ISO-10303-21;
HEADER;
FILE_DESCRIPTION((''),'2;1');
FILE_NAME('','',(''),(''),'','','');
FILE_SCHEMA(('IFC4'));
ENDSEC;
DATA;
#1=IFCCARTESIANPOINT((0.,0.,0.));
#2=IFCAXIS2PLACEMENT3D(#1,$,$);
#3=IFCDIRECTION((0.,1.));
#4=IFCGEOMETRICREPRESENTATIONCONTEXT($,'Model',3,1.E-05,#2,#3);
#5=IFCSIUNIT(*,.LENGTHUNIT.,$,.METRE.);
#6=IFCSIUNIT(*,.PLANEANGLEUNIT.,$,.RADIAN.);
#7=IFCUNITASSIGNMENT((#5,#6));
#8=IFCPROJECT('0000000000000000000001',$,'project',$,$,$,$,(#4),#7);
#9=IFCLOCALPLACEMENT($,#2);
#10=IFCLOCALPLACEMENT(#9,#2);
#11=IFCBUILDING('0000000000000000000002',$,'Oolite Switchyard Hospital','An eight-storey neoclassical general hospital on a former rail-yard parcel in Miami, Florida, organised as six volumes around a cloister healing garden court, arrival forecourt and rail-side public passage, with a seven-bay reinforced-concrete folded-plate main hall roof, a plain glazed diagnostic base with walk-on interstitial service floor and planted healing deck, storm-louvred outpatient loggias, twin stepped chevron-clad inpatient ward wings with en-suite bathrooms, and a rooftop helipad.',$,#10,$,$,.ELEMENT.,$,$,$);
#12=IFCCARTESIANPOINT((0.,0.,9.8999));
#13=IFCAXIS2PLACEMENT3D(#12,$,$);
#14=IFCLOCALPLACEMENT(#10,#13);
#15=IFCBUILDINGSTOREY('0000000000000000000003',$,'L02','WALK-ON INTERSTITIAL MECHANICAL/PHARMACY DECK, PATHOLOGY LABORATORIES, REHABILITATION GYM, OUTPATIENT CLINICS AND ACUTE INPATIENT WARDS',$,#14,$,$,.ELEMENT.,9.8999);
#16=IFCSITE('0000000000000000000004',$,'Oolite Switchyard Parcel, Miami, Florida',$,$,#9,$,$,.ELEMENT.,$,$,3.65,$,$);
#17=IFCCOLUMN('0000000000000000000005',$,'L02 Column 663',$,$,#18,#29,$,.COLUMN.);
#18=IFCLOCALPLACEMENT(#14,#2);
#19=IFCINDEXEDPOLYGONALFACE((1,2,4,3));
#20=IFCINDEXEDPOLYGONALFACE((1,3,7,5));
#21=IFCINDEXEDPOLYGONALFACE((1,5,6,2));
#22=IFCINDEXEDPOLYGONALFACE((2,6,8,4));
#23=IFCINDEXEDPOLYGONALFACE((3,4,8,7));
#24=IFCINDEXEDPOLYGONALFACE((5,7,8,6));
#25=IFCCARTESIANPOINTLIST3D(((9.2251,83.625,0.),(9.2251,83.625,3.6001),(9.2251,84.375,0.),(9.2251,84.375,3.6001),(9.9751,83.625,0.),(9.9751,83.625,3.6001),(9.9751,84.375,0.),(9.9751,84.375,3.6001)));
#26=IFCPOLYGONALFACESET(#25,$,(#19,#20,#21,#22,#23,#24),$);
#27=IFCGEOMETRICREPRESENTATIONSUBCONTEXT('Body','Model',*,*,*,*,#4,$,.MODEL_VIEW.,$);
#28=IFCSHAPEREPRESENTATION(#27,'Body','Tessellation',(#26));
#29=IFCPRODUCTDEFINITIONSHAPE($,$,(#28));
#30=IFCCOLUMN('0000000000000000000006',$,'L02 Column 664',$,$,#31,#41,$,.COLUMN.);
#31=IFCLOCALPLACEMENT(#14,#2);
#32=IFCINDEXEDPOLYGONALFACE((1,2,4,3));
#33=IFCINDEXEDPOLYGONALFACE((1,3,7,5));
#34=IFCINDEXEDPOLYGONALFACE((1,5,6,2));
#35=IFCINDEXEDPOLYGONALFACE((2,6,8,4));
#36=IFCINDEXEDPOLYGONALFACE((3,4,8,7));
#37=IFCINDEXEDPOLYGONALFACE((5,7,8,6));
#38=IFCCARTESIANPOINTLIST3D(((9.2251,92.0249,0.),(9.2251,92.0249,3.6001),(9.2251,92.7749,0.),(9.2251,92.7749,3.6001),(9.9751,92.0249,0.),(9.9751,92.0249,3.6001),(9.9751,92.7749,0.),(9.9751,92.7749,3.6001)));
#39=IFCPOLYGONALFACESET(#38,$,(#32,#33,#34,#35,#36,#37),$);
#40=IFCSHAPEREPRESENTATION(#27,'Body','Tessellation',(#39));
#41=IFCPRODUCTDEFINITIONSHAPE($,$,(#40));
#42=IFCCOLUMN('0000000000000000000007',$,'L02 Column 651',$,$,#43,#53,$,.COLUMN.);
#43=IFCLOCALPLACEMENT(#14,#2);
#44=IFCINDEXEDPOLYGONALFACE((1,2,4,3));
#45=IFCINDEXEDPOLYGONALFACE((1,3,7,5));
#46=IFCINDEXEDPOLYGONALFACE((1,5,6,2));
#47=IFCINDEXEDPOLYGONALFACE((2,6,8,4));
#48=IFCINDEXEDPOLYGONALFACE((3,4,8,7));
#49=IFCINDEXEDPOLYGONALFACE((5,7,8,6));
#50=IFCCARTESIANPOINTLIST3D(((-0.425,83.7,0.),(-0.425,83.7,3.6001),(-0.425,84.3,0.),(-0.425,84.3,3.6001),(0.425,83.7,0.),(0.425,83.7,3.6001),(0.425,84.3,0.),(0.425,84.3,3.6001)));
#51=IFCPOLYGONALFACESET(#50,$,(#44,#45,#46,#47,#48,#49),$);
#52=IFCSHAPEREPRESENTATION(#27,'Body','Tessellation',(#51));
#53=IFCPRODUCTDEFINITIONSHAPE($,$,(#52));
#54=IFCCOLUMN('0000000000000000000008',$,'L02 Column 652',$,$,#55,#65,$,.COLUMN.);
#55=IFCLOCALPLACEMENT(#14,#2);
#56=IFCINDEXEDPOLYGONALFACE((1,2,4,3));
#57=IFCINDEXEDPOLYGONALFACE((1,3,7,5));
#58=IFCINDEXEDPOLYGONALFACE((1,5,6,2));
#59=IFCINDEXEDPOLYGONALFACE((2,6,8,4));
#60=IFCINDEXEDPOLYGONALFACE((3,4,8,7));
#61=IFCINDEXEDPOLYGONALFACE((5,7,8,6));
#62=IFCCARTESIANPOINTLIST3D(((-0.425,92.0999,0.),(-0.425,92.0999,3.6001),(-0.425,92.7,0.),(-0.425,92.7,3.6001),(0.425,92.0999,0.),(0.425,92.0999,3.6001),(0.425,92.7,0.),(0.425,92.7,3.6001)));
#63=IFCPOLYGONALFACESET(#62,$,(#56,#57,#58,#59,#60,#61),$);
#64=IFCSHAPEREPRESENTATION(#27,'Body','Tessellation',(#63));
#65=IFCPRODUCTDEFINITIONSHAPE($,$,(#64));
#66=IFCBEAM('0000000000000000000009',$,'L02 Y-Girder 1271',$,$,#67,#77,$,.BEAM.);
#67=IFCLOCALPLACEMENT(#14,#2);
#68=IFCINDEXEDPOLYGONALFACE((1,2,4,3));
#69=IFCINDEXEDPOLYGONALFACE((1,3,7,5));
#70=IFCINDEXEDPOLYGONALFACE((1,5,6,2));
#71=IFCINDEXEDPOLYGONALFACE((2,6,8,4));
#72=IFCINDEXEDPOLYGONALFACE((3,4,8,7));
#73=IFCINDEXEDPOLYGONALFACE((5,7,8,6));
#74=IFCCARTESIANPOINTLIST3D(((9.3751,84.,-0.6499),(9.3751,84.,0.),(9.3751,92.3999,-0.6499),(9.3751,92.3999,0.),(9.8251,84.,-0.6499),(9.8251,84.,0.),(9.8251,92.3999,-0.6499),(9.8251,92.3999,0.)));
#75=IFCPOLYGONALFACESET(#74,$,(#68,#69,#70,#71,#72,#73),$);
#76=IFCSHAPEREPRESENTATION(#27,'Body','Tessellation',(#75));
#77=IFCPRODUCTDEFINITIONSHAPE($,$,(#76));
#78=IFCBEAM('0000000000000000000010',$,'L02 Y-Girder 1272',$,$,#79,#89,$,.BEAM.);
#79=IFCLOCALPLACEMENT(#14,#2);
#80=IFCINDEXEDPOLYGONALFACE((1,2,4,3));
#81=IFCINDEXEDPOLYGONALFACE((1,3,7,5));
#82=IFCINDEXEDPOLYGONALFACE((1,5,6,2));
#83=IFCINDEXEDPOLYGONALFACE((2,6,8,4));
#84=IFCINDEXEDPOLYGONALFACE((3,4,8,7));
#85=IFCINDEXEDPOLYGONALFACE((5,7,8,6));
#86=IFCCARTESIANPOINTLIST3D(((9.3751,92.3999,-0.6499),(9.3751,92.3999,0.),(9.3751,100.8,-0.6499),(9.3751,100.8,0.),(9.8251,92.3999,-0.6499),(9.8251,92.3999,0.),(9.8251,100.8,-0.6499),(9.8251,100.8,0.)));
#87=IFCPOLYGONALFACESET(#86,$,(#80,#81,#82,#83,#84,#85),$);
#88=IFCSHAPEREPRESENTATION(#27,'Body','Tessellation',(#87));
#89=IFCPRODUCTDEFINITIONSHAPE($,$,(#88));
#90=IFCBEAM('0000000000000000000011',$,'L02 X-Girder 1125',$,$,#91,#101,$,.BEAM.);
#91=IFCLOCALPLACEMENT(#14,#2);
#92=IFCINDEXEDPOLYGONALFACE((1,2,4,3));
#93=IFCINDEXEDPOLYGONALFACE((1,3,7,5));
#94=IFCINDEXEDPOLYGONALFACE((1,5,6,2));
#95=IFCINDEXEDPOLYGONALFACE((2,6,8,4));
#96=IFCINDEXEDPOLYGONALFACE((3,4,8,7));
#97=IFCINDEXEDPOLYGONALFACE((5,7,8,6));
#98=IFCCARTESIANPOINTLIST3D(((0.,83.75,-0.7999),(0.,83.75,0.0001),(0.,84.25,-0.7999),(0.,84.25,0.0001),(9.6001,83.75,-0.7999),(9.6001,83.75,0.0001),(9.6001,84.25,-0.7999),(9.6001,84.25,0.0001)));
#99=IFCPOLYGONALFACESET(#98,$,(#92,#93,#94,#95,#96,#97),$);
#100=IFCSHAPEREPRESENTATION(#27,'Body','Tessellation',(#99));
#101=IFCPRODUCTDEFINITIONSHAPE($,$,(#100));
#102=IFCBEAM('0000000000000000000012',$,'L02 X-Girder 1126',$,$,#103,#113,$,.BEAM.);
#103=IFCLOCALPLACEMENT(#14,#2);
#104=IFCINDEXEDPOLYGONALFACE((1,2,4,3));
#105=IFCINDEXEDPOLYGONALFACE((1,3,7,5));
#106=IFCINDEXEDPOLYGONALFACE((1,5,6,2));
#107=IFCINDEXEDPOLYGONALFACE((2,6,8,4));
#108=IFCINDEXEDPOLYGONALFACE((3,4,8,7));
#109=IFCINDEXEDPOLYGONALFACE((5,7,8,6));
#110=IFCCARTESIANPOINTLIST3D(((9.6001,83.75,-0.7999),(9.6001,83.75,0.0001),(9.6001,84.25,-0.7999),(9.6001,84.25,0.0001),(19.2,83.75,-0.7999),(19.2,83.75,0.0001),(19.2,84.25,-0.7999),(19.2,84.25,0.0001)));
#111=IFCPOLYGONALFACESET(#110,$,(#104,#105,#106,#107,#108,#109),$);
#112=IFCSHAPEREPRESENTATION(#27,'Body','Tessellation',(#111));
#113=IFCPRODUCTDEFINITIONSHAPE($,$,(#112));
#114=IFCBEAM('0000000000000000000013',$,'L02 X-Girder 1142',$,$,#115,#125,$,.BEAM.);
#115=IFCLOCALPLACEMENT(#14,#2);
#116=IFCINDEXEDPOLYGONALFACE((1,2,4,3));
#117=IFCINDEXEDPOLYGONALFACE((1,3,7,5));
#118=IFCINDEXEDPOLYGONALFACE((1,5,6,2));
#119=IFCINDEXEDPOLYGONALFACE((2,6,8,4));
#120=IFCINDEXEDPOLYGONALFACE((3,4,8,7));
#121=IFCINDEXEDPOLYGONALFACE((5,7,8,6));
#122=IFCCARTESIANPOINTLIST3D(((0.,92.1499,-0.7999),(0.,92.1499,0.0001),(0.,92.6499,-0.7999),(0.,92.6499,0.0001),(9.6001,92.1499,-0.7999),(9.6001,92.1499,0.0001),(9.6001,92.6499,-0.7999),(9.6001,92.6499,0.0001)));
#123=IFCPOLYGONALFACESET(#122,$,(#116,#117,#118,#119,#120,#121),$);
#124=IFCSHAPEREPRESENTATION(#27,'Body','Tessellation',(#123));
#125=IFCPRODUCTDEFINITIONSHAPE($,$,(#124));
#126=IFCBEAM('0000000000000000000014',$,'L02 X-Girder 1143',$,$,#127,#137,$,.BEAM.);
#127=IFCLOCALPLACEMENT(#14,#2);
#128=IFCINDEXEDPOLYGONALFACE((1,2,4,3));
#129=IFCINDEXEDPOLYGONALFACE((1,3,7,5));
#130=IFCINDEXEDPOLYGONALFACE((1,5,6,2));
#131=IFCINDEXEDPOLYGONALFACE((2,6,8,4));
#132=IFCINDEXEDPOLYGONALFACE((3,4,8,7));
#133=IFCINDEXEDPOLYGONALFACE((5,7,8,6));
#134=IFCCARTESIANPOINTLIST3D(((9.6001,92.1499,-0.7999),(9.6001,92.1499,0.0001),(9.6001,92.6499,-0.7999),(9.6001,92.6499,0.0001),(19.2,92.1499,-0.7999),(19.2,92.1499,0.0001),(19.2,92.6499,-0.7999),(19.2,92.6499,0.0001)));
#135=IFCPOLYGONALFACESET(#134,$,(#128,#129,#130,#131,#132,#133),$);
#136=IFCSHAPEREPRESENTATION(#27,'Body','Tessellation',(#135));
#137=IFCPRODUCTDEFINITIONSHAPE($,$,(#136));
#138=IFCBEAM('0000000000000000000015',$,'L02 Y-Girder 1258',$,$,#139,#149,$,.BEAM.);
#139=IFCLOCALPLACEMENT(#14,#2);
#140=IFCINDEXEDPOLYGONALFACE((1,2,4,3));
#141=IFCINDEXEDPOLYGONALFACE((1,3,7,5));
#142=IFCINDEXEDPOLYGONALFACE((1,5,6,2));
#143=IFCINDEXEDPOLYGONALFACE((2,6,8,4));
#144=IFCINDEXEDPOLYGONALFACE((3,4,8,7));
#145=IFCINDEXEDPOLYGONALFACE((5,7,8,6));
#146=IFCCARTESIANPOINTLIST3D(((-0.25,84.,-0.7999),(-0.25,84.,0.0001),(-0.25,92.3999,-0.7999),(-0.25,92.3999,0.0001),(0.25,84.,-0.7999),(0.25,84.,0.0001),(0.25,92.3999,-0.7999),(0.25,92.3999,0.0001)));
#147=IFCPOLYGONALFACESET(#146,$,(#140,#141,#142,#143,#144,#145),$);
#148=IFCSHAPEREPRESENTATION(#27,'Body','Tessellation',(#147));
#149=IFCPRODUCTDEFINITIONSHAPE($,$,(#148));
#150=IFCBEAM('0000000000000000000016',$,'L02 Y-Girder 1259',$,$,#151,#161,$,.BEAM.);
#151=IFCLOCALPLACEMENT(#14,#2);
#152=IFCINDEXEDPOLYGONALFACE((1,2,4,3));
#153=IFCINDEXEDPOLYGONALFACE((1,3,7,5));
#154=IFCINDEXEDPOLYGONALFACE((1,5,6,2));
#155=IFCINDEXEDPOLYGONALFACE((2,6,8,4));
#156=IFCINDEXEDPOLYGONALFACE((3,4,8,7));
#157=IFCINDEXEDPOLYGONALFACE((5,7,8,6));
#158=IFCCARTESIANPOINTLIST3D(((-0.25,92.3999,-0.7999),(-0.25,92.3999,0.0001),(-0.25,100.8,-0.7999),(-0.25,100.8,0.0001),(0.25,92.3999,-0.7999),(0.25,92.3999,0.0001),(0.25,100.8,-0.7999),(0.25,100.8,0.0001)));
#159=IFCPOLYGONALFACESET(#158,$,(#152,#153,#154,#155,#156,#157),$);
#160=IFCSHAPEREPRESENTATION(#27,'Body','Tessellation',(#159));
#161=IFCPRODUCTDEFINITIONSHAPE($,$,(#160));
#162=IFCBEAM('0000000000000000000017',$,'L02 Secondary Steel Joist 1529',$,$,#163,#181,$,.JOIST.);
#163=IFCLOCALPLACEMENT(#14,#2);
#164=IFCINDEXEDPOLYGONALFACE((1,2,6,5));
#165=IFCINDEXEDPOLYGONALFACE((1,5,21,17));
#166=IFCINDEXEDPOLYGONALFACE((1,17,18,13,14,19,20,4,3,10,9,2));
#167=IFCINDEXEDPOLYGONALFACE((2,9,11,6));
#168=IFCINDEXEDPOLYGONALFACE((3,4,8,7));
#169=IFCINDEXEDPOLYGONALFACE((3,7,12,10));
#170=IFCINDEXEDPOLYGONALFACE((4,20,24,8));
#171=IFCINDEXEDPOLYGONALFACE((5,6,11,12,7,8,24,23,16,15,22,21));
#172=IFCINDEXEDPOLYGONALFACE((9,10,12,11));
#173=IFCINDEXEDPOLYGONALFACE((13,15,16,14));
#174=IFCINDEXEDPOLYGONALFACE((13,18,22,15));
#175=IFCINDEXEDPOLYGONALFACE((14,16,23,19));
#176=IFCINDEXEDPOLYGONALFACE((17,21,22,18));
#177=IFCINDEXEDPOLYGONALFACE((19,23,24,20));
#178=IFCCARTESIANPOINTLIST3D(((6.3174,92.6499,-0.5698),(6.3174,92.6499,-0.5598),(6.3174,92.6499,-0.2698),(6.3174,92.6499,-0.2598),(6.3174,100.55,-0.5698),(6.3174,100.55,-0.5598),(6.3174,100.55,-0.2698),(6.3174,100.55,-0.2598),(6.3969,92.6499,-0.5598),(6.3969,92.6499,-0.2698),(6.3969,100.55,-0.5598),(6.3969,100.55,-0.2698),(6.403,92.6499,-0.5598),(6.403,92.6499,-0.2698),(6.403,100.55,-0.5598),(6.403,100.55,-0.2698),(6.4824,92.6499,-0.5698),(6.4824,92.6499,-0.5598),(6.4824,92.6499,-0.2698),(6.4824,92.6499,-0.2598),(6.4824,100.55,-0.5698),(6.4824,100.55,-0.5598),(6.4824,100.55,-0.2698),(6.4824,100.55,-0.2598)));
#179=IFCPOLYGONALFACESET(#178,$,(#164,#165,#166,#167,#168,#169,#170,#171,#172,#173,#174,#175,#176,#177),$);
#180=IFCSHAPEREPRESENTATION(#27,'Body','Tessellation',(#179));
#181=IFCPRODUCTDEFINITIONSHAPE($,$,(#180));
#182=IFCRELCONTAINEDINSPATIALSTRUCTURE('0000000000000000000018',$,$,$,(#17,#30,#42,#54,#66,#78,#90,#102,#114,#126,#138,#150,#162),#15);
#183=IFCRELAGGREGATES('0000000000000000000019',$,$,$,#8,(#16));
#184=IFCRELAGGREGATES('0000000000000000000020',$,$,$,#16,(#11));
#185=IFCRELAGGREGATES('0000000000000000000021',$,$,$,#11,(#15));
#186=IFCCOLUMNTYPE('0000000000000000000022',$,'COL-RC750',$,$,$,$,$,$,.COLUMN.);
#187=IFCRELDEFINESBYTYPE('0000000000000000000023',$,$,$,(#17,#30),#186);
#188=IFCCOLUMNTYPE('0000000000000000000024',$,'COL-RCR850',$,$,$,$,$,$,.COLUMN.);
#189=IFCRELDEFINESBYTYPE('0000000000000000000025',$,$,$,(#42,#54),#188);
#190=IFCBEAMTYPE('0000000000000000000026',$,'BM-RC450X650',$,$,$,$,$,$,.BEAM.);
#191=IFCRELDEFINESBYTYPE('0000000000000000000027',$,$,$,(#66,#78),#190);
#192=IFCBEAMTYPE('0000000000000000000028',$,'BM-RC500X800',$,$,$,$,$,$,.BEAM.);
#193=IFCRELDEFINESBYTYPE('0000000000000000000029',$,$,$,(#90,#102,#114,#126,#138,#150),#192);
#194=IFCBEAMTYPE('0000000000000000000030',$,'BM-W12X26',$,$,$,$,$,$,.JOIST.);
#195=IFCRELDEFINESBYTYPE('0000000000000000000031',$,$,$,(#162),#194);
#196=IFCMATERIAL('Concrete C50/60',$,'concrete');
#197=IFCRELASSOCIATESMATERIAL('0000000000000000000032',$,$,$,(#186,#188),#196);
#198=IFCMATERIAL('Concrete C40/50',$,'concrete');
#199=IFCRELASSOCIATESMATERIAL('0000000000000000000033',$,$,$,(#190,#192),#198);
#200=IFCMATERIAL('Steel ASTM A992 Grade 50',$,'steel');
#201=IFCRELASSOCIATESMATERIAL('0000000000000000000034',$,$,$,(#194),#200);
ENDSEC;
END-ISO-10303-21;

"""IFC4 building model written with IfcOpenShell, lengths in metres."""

from ifc_helpers import new_model, si_unit, direction, frame, origin, origin_2d, place, context, subcontext, project, spatial, rectangle, i_section, extrude, material, material_profile, profile_set, type_object, element, save


model = new_model("IFC4")

# Units and contexts
model_context = context("Model", 3, precision=1e-05, world=origin(), true_north=direction((0.0, 1.0)))
body_context = subcontext(model_context, "Body", "Model", "MODEL_VIEW")
ifc_project = project(units=[si_unit("LENGTHUNIT", "METRE"), si_unit("PLANEANGLEUNIT", "RADIAN")], contexts=[model_context])

# Site, building, storey
site_placement = place(None, origin())
site = spatial("IfcSite", under=ifc_project, at=site_placement, Name="Oolite Switchyard Parcel, Miami, Florida", CompositionType="ELEMENT", RefElevation=3.65)
building_placement = place(site_placement, origin())
building = spatial("IfcBuilding", under=site, at=building_placement, Name="Oolite Switchyard Hospital", Description="An eight-storey neoclassical general hospital on a former rail-yard parcel in Miami, Florida, organised as six volumes around a cloister healing garden court, arrival forecourt and rail-side public passage, with a seven-bay reinforced-concrete folded-plate main hall roof, a plain glazed diagnostic base with walk-on interstitial service floor and planted healing deck, storm-louvred outpatient loggias, twin stepped chevron-clad inpatient ward wings with en-suite bathrooms, and a rooftop helipad.", CompositionType="ELEMENT")
storey_placement = place(building_placement, frame((0.0, 0.0, 9.8999)))
storey = spatial("IfcBuildingStorey", under=building, at=storey_placement, Name="L02", Description="WALK-ON INTERSTITIAL MECHANICAL/PHARMACY DECK, PATHOLOGY LABORATORIES, REHABILITATION GYM, OUTPATIENT CLINICS AND ACUTE INPATIENT WARDS", CompositionType="ELEMENT", Elevation=9.8999)

# Columns
ifc_material_1 = material(Name="Concrete C50/60", Category="concrete")
ifc_material_profile_1 = material_profile(ifc_material_1, rectangle(XDim=0.75, YDim=0.75, at=origin_2d()), Name="RC750X750")
ifc_profile_set_1 = profile_set([ifc_material_profile_1], Name="Concrete C50/60")
column_type_1 = type_object("IfcColumnType", Name="COL-RC750", PredefinedType="COLUMN", material=ifc_profile_set_1)
for number, where, z_axis, x_axis, name in (
    (1, (9.6001, 84.0, 0.0), (0.0, 0.0, 1.0), (1.0, 0.0, 0.0), "L02 Column 663"),
    (2, (9.6001, 92.3999, 0.0), (0.0, 0.0, 1.0), (1.0, 0.0, 0.0), "L02 Column 664"),
):
    element("IfcColumn", number, at=place(storey_placement, frame(where, z_axis=z_axis, x_axis=x_axis)), inside=storey, type_object=column_type_1, Name=name, PredefinedType="COLUMN", context=body_context, shape_type="SweptSolid", body=[
        extrude(rectangle(XDim=0.75, YDim=0.75, at=origin_2d()), origin(), (0.0, 0.0, 1.0), 3.6001),
    ])
ifc_material_profile_2 = material_profile(ifc_material_1, rectangle(XDim=0.8501, YDim=0.6001, at=origin_2d()), Name="RC850X600")
ifc_profile_set_2 = profile_set([ifc_material_profile_2], Name="Concrete C50/60")
column_type_2 = type_object("IfcColumnType", Name="COL-RCR850", PredefinedType="COLUMN", material=ifc_profile_set_2)
for number, where, z_axis, x_axis, name in (
    (3, (0.0, 84.0, 0.0), (0.0, 0.0, 1.0), (1.0, 0.0, 0.0), "L02 Column 651"),
    (4, (0.0, 92.3999, 0.0), (0.0, 0.0, 1.0), (1.0, 0.0, 0.0), "L02 Column 652"),
):
    element("IfcColumn", number, at=place(storey_placement, frame(where, z_axis=z_axis, x_axis=x_axis)), inside=storey, type_object=column_type_2, Name=name, PredefinedType="COLUMN", context=body_context, shape_type="SweptSolid", body=[
        extrude(rectangle(XDim=0.8501, YDim=0.6001, at=origin_2d()), origin(), (0.0, 0.0, 1.0), 3.6001),
    ])

# Beams
ifc_material_2 = material(Name="Concrete C40/50", Category="concrete")
ifc_material_profile_3 = material_profile(ifc_material_2, rectangle(XDim=0.45, YDim=0.6499, at=origin_2d()), Name="RCB450X650")
ifc_profile_set_3 = profile_set([ifc_material_profile_3], Name="Concrete C40/50")
beam_type_1 = type_object("IfcBeamType", Name="BM-RC450X650", PredefinedType="BEAM", material=ifc_profile_set_3)
beam_1_placement = place(storey_placement, frame((9.6001, 84.0, -0.325), z_axis=(0.0, 1.0, 0.0), x_axis=(-1.0, 0.0, 0.0)))
element("IfcBeam", 5, at=beam_1_placement, inside=storey, type_object=beam_type_1, Name="L02 Y-Girder 1271", PredefinedType="BEAM", context=body_context, shape_type="SweptSolid", body=[
    extrude(rectangle(XDim=0.45, YDim=0.6499, at=origin_2d()), origin(), (0.0, 0.0, 1.0), 8.3999),
])
beam_2_placement = place(storey_placement, frame((9.6001, 92.3999, -0.325), z_axis=(0.0, 1.0, 0.0), x_axis=(-1.0, 0.0, 0.0)))
element("IfcBeam", 6, at=beam_2_placement, inside=storey, type_object=beam_type_1, Name="L02 Y-Girder 1272", PredefinedType="BEAM", context=body_context, shape_type="SweptSolid", body=[
    extrude(rectangle(XDim=0.45, YDim=0.6499, at=origin_2d()), origin(), (0.0, 0.0, 1.0), 8.4001),
])
ifc_material_profile_4 = material_profile(ifc_material_2, rectangle(XDim=0.5, YDim=0.8, at=origin_2d()), Name="RCB500X800")
ifc_profile_set_4 = profile_set([ifc_material_profile_4], Name="Concrete C40/50")
beam_type_2 = type_object("IfcBeamType", Name="BM-RC500X800", PredefinedType="BEAM", material=ifc_profile_set_4)
beam_3_placement = place(storey_placement, frame((0.0, 84.0, -0.3999), z_axis=(1.0, 0.0, 0.0), x_axis=(0.0, 1.0, 0.0)))
element("IfcBeam", 7, at=beam_3_placement, inside=storey, type_object=beam_type_2, Name="L02 X-Girder 1125", PredefinedType="BEAM", context=body_context, shape_type="SweptSolid", body=[
    extrude(rectangle(XDim=0.5, YDim=0.8, at=origin_2d()), origin(), (0.0, 0.0, 1.0), 9.6001),
])
beam_4_placement = place(storey_placement, frame((9.6001, 84.0, -0.3999), z_axis=(1.0, 0.0, 0.0), x_axis=(0.0, 1.0, 0.0)))
element("IfcBeam", 8, at=beam_4_placement, inside=storey, type_object=beam_type_2, Name="L02 X-Girder 1126", PredefinedType="BEAM", context=body_context, shape_type="SweptSolid", body=[
    extrude(rectangle(XDim=0.5, YDim=0.8, at=origin_2d()), origin(), (0.0, 0.0, 1.0), 9.5999),
])
beam_5_placement = place(storey_placement, frame((0.0, 92.3999, -0.3999), z_axis=(1.0, 0.0, 0.0), x_axis=(0.0, 1.0, 0.0)))
element("IfcBeam", 9, at=beam_5_placement, inside=storey, type_object=beam_type_2, Name="L02 X-Girder 1142", PredefinedType="BEAM", context=body_context, shape_type="SweptSolid", body=[
    extrude(rectangle(XDim=0.5, YDim=0.8, at=origin_2d()), origin(), (0.0, 0.0, 1.0), 9.6001),
])
beam_6_placement = place(storey_placement, frame((9.6001, 92.3999, -0.3999), z_axis=(1.0, 0.0, 0.0), x_axis=(0.0, 1.0, 0.0)))
element("IfcBeam", 10, at=beam_6_placement, inside=storey, type_object=beam_type_2, Name="L02 X-Girder 1143", PredefinedType="BEAM", context=body_context, shape_type="SweptSolid", body=[
    extrude(rectangle(XDim=0.5, YDim=0.8, at=origin_2d()), origin(), (0.0, 0.0, 1.0), 9.5999),
])
beam_7_placement = place(storey_placement, frame((0.0, 84.0, -0.3999), z_axis=(0.0, 1.0, 0.0), x_axis=(-1.0, 0.0, 0.0)))
element("IfcBeam", 11, at=beam_7_placement, inside=storey, type_object=beam_type_2, Name="L02 Y-Girder 1258", PredefinedType="BEAM", context=body_context, shape_type="SweptSolid", body=[
    extrude(rectangle(XDim=0.5, YDim=0.8, at=origin_2d()), origin(), (0.0, 0.0, 1.0), 8.3999),
])
beam_8_placement = place(storey_placement, frame((0.0, 92.3999, -0.3999), z_axis=(0.0, 1.0, 0.0), x_axis=(-1.0, 0.0, 0.0)))
element("IfcBeam", 12, at=beam_8_placement, inside=storey, type_object=beam_type_2, Name="L02 Y-Girder 1259", PredefinedType="BEAM", context=body_context, shape_type="SweptSolid", body=[
    extrude(rectangle(XDim=0.5, YDim=0.8, at=origin_2d()), origin(), (0.0, 0.0, 1.0), 8.4001),
])
ifc_material_3 = material(Name="Steel ASTM A992 Grade 50", Category="steel")
ifc_material_profile_5 = material_profile(ifc_material_3, i_section(OverallWidth=0.165, OverallDepth=0.3101, WebThickness=0.0061, FlangeThickness=0.01, at=origin_2d()), Name="W12X26")
ifc_profile_set_5 = profile_set([ifc_material_profile_5], Name="Steel ASTM A992 Grade 50")
beam_type_3 = type_object("IfcBeamType", Name="BM-W12X26", PredefinedType="JOIST", material=ifc_profile_set_5)
for number, where, z_axis, x_axis, name in (
    (13, (6.3999, 92.6499, -0.4148), (0.0, 1.0, 0.0), (-1.0, 0.0, 0.0), "L02 Secondary Steel Joist 1529"),
):
    element("IfcBeam", number, at=place(storey_placement, frame(where, z_axis=z_axis, x_axis=x_axis)), inside=storey, type_object=beam_type_3, Name=name, PredefinedType="JOIST", context=body_context, shape_type="SweptSolid", body=[
        extrude(i_section(OverallWidth=0.165, OverallDepth=0.3101, WebThickness=0.0061, FlangeThickness=0.01, at=origin_2d()), origin(), (0.0, 0.0, 1.0), 7.9001),
    ])

save(model, "model.ifc")
